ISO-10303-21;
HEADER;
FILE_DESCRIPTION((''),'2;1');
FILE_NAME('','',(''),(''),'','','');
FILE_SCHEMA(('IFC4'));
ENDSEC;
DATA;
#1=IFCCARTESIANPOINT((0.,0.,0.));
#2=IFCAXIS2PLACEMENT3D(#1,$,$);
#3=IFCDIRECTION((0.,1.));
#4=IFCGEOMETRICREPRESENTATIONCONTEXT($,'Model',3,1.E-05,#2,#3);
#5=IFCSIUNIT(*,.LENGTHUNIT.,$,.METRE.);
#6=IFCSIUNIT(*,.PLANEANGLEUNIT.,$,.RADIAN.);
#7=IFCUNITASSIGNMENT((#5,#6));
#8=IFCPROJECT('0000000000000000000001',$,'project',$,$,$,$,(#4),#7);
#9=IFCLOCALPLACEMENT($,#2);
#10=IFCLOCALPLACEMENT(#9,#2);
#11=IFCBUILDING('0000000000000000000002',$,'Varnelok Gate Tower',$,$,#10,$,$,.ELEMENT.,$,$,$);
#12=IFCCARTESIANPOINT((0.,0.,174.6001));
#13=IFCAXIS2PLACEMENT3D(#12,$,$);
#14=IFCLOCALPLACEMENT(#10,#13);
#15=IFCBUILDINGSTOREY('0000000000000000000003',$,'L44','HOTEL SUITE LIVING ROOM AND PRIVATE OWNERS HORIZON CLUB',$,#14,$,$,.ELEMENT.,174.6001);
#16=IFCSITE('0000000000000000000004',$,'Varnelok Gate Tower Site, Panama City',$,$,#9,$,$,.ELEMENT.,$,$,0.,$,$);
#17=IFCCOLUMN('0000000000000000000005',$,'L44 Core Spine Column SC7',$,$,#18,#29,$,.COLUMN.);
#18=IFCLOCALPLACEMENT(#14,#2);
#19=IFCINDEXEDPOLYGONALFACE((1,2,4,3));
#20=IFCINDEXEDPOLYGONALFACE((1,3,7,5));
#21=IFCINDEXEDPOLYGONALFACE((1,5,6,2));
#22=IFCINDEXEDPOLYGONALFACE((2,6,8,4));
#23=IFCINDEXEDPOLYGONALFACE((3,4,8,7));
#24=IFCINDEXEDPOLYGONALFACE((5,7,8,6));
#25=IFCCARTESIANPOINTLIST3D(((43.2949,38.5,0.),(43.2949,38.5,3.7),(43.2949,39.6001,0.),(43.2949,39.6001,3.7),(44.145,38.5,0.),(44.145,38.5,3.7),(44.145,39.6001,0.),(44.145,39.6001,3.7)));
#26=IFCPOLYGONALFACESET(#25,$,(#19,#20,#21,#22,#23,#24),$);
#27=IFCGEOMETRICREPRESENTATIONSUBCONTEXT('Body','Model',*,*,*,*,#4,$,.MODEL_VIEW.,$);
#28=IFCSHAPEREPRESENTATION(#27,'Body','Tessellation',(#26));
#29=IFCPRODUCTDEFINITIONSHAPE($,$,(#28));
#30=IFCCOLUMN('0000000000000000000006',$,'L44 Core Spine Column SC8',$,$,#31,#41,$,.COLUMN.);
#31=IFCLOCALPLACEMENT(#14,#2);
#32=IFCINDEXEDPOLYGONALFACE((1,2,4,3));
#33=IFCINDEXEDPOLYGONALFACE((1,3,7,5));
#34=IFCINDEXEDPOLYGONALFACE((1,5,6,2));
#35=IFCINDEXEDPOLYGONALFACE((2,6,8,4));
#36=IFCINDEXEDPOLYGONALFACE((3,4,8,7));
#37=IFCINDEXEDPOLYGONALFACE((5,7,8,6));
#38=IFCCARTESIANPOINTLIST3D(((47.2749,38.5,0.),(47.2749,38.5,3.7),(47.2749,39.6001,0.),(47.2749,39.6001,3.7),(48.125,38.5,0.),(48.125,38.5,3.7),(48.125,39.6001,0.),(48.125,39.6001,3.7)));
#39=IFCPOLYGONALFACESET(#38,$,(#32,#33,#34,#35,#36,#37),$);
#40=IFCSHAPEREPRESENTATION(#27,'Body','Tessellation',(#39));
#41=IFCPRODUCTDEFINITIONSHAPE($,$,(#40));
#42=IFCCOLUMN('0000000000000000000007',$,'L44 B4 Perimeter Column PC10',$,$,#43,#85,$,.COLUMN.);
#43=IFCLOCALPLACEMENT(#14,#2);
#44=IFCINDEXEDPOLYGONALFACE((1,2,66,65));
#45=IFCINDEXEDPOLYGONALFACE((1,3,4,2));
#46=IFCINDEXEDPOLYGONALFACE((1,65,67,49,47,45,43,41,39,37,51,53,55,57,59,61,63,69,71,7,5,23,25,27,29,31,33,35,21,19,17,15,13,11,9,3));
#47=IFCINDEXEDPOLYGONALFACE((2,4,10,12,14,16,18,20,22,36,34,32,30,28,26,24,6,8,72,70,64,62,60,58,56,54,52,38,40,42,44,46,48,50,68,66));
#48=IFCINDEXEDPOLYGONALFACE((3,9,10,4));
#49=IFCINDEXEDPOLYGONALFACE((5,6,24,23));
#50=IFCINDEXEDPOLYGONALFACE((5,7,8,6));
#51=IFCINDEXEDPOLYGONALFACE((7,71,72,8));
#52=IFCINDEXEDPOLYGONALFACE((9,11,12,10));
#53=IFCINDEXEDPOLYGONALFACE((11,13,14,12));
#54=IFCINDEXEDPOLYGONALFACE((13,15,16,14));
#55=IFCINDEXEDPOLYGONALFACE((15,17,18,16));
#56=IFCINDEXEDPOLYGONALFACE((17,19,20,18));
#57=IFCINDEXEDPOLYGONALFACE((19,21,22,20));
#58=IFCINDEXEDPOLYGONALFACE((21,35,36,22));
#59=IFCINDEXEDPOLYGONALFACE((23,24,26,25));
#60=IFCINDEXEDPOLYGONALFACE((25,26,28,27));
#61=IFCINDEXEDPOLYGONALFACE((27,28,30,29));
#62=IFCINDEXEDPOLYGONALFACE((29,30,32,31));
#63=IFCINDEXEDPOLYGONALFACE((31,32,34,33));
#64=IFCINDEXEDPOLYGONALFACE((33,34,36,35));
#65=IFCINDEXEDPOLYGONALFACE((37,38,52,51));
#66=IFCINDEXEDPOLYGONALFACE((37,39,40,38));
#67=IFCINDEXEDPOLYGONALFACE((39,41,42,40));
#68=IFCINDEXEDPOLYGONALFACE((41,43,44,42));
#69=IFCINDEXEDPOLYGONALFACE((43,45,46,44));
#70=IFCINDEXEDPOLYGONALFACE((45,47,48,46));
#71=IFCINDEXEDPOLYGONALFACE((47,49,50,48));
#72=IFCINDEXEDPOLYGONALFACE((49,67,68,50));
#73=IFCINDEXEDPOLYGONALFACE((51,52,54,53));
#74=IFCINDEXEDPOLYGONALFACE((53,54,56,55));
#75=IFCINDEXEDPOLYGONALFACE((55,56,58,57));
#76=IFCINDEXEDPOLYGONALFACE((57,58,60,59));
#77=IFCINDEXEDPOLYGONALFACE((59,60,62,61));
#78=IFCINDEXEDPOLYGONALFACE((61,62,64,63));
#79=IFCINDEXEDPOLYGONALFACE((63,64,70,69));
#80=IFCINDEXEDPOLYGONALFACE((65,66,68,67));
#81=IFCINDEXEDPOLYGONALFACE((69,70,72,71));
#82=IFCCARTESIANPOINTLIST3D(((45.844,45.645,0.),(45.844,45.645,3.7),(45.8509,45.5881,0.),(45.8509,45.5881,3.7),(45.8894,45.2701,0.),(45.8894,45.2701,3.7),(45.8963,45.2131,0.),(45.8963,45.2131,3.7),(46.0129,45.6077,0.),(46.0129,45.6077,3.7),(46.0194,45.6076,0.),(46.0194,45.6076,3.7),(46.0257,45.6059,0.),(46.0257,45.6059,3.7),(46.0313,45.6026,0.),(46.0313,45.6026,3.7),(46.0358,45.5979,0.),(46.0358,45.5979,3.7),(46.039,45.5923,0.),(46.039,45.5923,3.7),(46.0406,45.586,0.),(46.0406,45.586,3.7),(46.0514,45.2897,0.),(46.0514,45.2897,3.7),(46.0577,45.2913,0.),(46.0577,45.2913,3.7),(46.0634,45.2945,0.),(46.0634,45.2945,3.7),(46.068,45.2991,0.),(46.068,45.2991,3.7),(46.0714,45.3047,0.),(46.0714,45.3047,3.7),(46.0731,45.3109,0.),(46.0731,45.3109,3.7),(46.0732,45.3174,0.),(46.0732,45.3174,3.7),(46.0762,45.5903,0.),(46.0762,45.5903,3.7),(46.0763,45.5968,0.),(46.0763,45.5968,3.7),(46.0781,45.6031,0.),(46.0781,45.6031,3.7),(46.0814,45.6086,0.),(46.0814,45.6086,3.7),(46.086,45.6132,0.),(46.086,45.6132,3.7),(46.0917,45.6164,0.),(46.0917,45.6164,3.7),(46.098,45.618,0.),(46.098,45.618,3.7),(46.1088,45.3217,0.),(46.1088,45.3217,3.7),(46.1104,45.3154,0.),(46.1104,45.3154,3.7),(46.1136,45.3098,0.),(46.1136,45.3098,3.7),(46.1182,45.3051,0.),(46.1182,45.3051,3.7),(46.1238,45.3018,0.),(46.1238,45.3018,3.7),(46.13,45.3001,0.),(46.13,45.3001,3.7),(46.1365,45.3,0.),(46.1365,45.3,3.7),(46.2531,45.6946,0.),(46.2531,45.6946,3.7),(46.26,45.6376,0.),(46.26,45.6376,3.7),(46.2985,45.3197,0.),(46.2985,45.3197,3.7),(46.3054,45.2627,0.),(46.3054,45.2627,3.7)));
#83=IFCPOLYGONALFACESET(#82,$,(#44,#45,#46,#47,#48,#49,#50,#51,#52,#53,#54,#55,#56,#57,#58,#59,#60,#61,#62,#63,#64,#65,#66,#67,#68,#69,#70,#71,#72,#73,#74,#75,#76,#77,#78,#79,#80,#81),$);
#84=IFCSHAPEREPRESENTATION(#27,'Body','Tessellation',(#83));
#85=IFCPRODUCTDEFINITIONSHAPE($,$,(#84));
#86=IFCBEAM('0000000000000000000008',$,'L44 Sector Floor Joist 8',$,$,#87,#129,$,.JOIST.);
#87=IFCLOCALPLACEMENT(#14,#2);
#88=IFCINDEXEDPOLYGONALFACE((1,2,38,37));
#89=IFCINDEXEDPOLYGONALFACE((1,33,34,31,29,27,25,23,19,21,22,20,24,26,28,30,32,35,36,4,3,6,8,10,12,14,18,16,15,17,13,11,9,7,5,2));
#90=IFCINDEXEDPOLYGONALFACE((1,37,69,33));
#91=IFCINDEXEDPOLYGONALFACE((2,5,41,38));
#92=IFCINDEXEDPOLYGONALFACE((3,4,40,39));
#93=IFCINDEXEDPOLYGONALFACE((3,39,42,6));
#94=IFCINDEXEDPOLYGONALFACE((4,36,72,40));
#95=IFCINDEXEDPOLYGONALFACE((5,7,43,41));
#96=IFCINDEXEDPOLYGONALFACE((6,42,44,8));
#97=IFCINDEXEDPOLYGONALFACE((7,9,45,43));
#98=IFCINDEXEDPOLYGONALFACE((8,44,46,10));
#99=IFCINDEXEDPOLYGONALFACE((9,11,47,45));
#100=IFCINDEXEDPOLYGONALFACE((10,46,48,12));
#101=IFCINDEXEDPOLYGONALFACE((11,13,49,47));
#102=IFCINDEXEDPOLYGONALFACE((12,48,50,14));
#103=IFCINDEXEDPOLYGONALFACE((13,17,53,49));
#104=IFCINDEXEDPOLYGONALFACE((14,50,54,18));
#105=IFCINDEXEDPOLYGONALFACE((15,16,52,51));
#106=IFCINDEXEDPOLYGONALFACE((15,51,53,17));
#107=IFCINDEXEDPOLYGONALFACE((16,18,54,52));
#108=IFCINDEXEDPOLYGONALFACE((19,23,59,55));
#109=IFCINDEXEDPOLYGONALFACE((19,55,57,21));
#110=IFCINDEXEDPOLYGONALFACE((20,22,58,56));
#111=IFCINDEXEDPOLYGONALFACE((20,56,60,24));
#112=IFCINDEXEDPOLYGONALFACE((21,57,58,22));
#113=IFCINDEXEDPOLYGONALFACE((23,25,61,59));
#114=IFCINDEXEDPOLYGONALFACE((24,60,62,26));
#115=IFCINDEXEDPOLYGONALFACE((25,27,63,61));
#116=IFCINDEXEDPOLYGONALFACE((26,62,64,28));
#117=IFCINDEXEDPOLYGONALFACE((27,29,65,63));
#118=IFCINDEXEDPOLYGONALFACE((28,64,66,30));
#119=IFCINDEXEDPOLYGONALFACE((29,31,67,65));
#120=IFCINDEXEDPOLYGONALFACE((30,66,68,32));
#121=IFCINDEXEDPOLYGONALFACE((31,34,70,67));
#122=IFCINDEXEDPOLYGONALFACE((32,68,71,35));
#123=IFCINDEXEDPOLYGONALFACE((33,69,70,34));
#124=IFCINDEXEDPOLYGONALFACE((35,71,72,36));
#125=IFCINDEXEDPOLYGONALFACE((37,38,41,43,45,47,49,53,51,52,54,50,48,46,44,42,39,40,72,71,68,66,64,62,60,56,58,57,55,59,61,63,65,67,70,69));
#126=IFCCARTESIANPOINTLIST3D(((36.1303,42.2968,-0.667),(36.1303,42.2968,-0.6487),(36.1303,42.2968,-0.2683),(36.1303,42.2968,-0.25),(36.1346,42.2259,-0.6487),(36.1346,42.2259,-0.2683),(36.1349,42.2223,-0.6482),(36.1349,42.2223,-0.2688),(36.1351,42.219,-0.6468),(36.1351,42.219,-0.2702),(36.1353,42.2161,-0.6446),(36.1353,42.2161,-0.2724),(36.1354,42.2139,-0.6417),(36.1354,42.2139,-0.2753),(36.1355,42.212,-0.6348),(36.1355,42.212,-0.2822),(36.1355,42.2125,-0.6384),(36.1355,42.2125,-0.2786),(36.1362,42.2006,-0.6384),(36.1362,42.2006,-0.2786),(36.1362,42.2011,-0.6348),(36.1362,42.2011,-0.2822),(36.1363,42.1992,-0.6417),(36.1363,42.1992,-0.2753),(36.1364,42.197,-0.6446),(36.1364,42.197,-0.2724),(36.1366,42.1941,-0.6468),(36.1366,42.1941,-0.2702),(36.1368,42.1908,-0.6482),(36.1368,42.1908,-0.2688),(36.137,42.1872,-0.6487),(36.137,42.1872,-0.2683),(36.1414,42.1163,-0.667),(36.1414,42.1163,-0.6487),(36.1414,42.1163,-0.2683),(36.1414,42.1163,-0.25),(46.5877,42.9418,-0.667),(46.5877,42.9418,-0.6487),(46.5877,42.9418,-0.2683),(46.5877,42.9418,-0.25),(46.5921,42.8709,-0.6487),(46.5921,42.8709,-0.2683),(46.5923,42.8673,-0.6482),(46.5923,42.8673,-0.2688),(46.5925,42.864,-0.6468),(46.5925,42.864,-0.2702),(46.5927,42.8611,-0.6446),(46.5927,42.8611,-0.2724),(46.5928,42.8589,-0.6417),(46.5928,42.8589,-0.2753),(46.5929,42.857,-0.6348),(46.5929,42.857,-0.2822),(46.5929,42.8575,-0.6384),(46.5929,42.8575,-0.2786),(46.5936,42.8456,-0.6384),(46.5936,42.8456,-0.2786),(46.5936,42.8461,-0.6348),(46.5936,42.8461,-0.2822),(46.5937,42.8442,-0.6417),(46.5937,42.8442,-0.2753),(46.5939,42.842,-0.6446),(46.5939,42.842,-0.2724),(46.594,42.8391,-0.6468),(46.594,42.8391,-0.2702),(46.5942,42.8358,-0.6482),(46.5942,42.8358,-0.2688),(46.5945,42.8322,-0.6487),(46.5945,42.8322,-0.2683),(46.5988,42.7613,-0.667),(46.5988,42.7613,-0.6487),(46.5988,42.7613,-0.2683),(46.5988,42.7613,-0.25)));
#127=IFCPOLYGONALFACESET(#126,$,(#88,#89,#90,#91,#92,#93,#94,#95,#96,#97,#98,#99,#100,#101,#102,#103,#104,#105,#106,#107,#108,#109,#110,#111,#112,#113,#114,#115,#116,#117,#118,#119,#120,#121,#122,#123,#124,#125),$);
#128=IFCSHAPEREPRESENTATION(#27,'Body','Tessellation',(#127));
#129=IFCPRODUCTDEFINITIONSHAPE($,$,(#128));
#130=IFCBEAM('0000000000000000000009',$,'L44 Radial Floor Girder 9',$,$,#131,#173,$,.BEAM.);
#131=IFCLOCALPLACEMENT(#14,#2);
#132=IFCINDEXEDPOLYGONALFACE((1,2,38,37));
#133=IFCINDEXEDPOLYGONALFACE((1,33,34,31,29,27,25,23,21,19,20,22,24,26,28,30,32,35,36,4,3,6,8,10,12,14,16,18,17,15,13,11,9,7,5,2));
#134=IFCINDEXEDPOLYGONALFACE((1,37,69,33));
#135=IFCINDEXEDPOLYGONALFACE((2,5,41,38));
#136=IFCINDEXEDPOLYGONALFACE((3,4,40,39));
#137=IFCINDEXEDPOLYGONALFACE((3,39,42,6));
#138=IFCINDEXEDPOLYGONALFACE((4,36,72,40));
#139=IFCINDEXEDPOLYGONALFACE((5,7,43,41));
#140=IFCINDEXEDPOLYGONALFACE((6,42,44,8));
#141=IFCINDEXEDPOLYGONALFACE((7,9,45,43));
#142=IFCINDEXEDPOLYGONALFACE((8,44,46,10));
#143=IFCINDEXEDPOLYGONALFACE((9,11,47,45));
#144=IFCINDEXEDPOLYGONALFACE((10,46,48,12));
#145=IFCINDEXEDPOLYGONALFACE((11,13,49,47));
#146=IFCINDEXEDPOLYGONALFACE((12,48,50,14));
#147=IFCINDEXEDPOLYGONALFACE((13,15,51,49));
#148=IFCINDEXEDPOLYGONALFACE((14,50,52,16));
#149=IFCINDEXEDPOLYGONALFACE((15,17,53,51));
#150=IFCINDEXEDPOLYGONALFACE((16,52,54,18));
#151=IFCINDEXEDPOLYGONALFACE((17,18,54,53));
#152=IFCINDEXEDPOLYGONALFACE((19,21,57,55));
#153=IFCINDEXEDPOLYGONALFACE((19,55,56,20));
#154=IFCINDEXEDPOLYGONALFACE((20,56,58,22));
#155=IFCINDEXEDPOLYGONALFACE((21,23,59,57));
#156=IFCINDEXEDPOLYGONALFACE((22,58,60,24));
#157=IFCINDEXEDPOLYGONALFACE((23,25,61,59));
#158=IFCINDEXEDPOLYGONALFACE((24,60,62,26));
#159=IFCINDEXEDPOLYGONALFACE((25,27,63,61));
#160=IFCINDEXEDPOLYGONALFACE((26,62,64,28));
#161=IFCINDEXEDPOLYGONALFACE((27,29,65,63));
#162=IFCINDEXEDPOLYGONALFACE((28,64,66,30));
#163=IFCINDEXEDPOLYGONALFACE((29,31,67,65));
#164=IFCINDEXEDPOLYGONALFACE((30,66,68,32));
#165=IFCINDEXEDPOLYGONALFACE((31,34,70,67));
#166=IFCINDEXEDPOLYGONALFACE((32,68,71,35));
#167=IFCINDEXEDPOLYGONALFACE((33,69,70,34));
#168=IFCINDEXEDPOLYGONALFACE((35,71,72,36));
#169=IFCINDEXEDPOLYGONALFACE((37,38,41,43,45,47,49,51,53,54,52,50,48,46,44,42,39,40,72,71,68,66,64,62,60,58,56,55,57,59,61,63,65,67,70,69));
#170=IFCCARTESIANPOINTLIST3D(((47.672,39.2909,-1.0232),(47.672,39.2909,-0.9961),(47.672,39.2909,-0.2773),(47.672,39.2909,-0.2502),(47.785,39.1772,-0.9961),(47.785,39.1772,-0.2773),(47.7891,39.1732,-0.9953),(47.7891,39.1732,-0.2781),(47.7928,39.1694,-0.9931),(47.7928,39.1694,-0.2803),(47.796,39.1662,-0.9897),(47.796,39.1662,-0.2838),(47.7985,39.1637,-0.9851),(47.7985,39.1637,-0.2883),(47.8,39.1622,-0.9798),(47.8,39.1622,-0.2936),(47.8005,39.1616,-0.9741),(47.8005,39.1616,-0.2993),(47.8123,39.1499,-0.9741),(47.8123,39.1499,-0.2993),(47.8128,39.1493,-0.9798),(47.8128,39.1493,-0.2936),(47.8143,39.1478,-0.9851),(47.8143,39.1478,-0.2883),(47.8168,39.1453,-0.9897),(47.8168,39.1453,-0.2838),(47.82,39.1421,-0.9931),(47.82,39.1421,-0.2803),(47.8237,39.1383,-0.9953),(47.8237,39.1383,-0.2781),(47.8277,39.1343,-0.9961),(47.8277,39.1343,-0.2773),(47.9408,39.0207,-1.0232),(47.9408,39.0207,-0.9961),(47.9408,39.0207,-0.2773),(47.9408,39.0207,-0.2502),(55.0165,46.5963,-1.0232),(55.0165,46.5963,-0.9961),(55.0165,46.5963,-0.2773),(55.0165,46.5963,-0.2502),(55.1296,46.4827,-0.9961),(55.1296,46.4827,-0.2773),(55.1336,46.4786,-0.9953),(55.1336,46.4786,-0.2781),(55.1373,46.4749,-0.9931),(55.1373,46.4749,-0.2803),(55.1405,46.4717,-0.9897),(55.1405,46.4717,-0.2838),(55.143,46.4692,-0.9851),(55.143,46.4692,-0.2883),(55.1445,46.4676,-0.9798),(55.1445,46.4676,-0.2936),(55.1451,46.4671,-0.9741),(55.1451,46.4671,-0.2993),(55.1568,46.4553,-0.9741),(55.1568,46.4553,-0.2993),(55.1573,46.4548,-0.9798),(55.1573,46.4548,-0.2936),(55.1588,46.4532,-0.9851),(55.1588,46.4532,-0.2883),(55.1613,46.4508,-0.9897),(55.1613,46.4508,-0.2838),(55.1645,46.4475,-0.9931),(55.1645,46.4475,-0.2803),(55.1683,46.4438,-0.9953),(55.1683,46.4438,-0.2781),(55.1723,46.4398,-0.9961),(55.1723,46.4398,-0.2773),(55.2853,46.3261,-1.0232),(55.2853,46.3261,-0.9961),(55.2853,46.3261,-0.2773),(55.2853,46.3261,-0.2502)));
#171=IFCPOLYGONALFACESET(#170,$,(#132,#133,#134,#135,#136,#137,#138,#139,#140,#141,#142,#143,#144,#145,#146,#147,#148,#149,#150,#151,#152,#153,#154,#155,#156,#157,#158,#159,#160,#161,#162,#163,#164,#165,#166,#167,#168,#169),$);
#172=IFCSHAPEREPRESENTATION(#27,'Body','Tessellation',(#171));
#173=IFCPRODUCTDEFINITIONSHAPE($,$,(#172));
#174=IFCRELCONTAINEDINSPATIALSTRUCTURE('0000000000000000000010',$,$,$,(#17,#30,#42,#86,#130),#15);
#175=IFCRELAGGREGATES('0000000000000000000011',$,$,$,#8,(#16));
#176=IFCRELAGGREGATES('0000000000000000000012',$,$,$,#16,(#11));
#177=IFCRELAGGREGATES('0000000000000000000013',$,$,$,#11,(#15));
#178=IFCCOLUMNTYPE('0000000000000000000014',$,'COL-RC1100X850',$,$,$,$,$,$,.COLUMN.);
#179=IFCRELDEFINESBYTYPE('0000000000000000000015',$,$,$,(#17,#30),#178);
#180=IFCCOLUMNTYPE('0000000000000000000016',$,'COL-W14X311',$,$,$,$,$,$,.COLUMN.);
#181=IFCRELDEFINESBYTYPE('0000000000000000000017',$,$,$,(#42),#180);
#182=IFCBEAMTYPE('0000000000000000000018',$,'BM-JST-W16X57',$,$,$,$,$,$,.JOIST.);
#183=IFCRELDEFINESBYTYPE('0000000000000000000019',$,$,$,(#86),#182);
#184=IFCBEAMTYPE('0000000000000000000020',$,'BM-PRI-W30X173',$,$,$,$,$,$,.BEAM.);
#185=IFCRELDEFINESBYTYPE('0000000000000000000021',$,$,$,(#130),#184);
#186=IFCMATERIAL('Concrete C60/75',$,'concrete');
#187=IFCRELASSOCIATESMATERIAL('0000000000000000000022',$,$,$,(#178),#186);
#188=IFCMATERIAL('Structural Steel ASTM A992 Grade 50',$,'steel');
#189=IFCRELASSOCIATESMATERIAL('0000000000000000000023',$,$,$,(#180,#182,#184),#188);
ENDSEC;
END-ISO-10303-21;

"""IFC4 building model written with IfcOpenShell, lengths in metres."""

from ifc_helpers import new_model, si_unit, direction, frame, origin, origin_2d, place, context, subcontext, project, spatial, rectangle, i_section, extrude, material, material_profile, profile_set, type_object, element, save


model = new_model("IFC4")

# Units and contexts
model_context = context("Model", 3, precision=1e-05, world=origin(), true_north=direction((0.0, 1.0)))
body_context = subcontext(model_context, "Body", "Model", "MODEL_VIEW")
ifc_project = project(units=[si_unit("LENGTHUNIT", "METRE"), si_unit("PLANEANGLEUNIT", "RADIAN")], contexts=[model_context])

# Site, building, storey
site_placement = place(None, origin())
site = spatial("IfcSite", under=ifc_project, at=site_placement, Name="Varnelok Gate Tower Site, Panama City", CompositionType="ELEMENT", RefElevation=0.0)
building_placement = place(site_placement, origin())
building = spatial("IfcBuilding", under=site, at=building_placement, Name="Varnelok Gate Tower", CompositionType="ELEMENT")
storey_placement = place(building_placement, frame((0.0, 0.0, 174.6001)))
storey = spatial("IfcBuildingStorey", under=building, at=storey_placement, Name="L44", Description="HOTEL SUITE LIVING ROOM AND PRIVATE OWNERS HORIZON CLUB", CompositionType="ELEMENT", Elevation=174.6001)

# Columns
ifc_material_1 = material(Name="Concrete C60/75", Category="concrete")
ifc_material_profile_1 = material_profile(ifc_material_1, rectangle(XDim=0.8501, YDim=1.1001, at=origin_2d()), Name="RC1100X850")
ifc_profile_set_1 = profile_set([ifc_material_profile_1], Name="Concrete C60/75")
column_type_1 = type_object("IfcColumnType", Name="COL-RC1100X850", PredefinedType="COLUMN", material=ifc_profile_set_1)
for number, where, z_axis, x_axis, name in (
    (1, (43.72, 39.05, 0.0), (0.0, 0.0, 1.0), (1.0, 0.0, 0.0), "L44 Core Spine Column SC7"),
    (2, (47.7, 39.05, 0.0), (0.0, 0.0, 1.0), (1.0, 0.0, 0.0), "L44 Core Spine Column SC8"),
):
    element("IfcColumn", number, at=place(storey_placement, frame(where, z_axis=z_axis, x_axis=x_axis)), inside=storey, type_object=column_type_1, Name=name, PredefinedType="COLUMN", context=body_context, shape_type="SweptSolid", body=[
        extrude(rectangle(XDim=0.8501, YDim=1.1001, at=origin_2d()), origin(), (0.0, 0.0, 1.0), 3.7),
    ])
ifc_material_2 = material(Name="Structural Steel ASTM A992 Grade 50", Category="steel")
ifc_material_profile_2 = material_profile(ifc_material_2, i_section(OverallWidth=0.4121, OverallDepth=0.4351, WebThickness=0.0359, FlangeThickness=0.0574, FilletRadius=0.0249, at=origin_2d()), Name="W14X311")
ifc_profile_set_2 = profile_set([ifc_material_profile_2], Name="Structural Steel ASTM A992 Grade 50")
column_type_2 = type_object("IfcColumnType", Name="COL-W14X311", PredefinedType="COLUMN", material=ifc_profile_set_2)
column_placement = place(storey_placement, frame((46.0747, 45.4539, 0.0), z_axis=(0.0, 0.0, 1.0), x_axis=(0.992732, 0.120345, 0.0)))
element("IfcColumn", 3, at=column_placement, inside=storey, type_object=column_type_2, Name="L44 B4 Perimeter Column PC10", PredefinedType="COLUMN", context=body_context, shape_type="SweptSolid", body=[
    extrude(i_section(OverallWidth=0.4121, OverallDepth=0.4351, WebThickness=0.0359, FlangeThickness=0.0574, FilletRadius=0.0249, at=origin_2d()), origin(), (0.0, 0.0, 1.0), 3.7),
])

# Beams
ifc_material_profile_3 = material_profile(ifc_material_2, i_section(OverallWidth=0.1809, OverallDepth=0.417, WebThickness=0.011, FlangeThickness=0.0183, FilletRadius=0.0139, at=origin_2d()), Name="W16X57")
ifc_profile_set_3 = profile_set([ifc_material_profile_3], Name="Structural Steel ASTM A992 Grade 50")
beam_type_1 = type_object("IfcBeamType", Name="BM-JST-W16X57", PredefinedType="JOIST", material=ifc_profile_set_3)
beam_1_placement = place(storey_placement, frame((46.5933, 42.8516, -0.4585), z_axis=(-0.998103, -0.061563, 0.0), x_axis=(0.061563, -0.998103, 0.0)))
element("IfcBeam", 4, at=beam_1_placement, inside=storey, type_object=beam_type_1, Name="L44 Sector Floor Joist 8", PredefinedType="JOIST", context=body_context, shape_type="SweptSolid", body=[
    extrude(i_section(OverallWidth=0.1809, OverallDepth=0.417, WebThickness=0.011, FlangeThickness=0.0183, FilletRadius=0.0139, at=origin_2d()), origin(), (0.0, 0.0, 1.0), 10.4773),
])
ifc_material_profile_4 = material_profile(ifc_material_2, i_section(OverallWidth=0.3811, OverallDepth=0.7729, WebThickness=0.0166, FlangeThickness=0.0271, FilletRadius=0.022, at=origin_2d()), Name="W30X173")
ifc_profile_set_4 = profile_set([ifc_material_profile_4], Name="Structural Steel ASTM A992 Grade 50")
beam_type_2 = type_object("IfcBeamType", Name="BM-PRI-W30X173", PredefinedType="BEAM", material=ifc_profile_set_4)
beam_2_placement = place(storey_placement, frame((47.8064, 39.1558, -0.6367), z_axis=(0.70899, 0.705219, 0.0), x_axis=(-0.705219, 0.70899, 0.0)))
element("IfcBeam", 5, at=beam_2_placement, inside=storey, type_object=beam_type_2, Name="L44 Radial Floor Girder 9", PredefinedType="BEAM", context=body_context, shape_type="SweptSolid", body=[
    extrude(i_section(OverallWidth=0.3811, OverallDepth=0.7729, WebThickness=0.0166, FlangeThickness=0.0271, FilletRadius=0.022, at=origin_2d()), origin(), (0.0, 0.0, 1.0), 10.3591),
])

save(model, "model.ifc")
